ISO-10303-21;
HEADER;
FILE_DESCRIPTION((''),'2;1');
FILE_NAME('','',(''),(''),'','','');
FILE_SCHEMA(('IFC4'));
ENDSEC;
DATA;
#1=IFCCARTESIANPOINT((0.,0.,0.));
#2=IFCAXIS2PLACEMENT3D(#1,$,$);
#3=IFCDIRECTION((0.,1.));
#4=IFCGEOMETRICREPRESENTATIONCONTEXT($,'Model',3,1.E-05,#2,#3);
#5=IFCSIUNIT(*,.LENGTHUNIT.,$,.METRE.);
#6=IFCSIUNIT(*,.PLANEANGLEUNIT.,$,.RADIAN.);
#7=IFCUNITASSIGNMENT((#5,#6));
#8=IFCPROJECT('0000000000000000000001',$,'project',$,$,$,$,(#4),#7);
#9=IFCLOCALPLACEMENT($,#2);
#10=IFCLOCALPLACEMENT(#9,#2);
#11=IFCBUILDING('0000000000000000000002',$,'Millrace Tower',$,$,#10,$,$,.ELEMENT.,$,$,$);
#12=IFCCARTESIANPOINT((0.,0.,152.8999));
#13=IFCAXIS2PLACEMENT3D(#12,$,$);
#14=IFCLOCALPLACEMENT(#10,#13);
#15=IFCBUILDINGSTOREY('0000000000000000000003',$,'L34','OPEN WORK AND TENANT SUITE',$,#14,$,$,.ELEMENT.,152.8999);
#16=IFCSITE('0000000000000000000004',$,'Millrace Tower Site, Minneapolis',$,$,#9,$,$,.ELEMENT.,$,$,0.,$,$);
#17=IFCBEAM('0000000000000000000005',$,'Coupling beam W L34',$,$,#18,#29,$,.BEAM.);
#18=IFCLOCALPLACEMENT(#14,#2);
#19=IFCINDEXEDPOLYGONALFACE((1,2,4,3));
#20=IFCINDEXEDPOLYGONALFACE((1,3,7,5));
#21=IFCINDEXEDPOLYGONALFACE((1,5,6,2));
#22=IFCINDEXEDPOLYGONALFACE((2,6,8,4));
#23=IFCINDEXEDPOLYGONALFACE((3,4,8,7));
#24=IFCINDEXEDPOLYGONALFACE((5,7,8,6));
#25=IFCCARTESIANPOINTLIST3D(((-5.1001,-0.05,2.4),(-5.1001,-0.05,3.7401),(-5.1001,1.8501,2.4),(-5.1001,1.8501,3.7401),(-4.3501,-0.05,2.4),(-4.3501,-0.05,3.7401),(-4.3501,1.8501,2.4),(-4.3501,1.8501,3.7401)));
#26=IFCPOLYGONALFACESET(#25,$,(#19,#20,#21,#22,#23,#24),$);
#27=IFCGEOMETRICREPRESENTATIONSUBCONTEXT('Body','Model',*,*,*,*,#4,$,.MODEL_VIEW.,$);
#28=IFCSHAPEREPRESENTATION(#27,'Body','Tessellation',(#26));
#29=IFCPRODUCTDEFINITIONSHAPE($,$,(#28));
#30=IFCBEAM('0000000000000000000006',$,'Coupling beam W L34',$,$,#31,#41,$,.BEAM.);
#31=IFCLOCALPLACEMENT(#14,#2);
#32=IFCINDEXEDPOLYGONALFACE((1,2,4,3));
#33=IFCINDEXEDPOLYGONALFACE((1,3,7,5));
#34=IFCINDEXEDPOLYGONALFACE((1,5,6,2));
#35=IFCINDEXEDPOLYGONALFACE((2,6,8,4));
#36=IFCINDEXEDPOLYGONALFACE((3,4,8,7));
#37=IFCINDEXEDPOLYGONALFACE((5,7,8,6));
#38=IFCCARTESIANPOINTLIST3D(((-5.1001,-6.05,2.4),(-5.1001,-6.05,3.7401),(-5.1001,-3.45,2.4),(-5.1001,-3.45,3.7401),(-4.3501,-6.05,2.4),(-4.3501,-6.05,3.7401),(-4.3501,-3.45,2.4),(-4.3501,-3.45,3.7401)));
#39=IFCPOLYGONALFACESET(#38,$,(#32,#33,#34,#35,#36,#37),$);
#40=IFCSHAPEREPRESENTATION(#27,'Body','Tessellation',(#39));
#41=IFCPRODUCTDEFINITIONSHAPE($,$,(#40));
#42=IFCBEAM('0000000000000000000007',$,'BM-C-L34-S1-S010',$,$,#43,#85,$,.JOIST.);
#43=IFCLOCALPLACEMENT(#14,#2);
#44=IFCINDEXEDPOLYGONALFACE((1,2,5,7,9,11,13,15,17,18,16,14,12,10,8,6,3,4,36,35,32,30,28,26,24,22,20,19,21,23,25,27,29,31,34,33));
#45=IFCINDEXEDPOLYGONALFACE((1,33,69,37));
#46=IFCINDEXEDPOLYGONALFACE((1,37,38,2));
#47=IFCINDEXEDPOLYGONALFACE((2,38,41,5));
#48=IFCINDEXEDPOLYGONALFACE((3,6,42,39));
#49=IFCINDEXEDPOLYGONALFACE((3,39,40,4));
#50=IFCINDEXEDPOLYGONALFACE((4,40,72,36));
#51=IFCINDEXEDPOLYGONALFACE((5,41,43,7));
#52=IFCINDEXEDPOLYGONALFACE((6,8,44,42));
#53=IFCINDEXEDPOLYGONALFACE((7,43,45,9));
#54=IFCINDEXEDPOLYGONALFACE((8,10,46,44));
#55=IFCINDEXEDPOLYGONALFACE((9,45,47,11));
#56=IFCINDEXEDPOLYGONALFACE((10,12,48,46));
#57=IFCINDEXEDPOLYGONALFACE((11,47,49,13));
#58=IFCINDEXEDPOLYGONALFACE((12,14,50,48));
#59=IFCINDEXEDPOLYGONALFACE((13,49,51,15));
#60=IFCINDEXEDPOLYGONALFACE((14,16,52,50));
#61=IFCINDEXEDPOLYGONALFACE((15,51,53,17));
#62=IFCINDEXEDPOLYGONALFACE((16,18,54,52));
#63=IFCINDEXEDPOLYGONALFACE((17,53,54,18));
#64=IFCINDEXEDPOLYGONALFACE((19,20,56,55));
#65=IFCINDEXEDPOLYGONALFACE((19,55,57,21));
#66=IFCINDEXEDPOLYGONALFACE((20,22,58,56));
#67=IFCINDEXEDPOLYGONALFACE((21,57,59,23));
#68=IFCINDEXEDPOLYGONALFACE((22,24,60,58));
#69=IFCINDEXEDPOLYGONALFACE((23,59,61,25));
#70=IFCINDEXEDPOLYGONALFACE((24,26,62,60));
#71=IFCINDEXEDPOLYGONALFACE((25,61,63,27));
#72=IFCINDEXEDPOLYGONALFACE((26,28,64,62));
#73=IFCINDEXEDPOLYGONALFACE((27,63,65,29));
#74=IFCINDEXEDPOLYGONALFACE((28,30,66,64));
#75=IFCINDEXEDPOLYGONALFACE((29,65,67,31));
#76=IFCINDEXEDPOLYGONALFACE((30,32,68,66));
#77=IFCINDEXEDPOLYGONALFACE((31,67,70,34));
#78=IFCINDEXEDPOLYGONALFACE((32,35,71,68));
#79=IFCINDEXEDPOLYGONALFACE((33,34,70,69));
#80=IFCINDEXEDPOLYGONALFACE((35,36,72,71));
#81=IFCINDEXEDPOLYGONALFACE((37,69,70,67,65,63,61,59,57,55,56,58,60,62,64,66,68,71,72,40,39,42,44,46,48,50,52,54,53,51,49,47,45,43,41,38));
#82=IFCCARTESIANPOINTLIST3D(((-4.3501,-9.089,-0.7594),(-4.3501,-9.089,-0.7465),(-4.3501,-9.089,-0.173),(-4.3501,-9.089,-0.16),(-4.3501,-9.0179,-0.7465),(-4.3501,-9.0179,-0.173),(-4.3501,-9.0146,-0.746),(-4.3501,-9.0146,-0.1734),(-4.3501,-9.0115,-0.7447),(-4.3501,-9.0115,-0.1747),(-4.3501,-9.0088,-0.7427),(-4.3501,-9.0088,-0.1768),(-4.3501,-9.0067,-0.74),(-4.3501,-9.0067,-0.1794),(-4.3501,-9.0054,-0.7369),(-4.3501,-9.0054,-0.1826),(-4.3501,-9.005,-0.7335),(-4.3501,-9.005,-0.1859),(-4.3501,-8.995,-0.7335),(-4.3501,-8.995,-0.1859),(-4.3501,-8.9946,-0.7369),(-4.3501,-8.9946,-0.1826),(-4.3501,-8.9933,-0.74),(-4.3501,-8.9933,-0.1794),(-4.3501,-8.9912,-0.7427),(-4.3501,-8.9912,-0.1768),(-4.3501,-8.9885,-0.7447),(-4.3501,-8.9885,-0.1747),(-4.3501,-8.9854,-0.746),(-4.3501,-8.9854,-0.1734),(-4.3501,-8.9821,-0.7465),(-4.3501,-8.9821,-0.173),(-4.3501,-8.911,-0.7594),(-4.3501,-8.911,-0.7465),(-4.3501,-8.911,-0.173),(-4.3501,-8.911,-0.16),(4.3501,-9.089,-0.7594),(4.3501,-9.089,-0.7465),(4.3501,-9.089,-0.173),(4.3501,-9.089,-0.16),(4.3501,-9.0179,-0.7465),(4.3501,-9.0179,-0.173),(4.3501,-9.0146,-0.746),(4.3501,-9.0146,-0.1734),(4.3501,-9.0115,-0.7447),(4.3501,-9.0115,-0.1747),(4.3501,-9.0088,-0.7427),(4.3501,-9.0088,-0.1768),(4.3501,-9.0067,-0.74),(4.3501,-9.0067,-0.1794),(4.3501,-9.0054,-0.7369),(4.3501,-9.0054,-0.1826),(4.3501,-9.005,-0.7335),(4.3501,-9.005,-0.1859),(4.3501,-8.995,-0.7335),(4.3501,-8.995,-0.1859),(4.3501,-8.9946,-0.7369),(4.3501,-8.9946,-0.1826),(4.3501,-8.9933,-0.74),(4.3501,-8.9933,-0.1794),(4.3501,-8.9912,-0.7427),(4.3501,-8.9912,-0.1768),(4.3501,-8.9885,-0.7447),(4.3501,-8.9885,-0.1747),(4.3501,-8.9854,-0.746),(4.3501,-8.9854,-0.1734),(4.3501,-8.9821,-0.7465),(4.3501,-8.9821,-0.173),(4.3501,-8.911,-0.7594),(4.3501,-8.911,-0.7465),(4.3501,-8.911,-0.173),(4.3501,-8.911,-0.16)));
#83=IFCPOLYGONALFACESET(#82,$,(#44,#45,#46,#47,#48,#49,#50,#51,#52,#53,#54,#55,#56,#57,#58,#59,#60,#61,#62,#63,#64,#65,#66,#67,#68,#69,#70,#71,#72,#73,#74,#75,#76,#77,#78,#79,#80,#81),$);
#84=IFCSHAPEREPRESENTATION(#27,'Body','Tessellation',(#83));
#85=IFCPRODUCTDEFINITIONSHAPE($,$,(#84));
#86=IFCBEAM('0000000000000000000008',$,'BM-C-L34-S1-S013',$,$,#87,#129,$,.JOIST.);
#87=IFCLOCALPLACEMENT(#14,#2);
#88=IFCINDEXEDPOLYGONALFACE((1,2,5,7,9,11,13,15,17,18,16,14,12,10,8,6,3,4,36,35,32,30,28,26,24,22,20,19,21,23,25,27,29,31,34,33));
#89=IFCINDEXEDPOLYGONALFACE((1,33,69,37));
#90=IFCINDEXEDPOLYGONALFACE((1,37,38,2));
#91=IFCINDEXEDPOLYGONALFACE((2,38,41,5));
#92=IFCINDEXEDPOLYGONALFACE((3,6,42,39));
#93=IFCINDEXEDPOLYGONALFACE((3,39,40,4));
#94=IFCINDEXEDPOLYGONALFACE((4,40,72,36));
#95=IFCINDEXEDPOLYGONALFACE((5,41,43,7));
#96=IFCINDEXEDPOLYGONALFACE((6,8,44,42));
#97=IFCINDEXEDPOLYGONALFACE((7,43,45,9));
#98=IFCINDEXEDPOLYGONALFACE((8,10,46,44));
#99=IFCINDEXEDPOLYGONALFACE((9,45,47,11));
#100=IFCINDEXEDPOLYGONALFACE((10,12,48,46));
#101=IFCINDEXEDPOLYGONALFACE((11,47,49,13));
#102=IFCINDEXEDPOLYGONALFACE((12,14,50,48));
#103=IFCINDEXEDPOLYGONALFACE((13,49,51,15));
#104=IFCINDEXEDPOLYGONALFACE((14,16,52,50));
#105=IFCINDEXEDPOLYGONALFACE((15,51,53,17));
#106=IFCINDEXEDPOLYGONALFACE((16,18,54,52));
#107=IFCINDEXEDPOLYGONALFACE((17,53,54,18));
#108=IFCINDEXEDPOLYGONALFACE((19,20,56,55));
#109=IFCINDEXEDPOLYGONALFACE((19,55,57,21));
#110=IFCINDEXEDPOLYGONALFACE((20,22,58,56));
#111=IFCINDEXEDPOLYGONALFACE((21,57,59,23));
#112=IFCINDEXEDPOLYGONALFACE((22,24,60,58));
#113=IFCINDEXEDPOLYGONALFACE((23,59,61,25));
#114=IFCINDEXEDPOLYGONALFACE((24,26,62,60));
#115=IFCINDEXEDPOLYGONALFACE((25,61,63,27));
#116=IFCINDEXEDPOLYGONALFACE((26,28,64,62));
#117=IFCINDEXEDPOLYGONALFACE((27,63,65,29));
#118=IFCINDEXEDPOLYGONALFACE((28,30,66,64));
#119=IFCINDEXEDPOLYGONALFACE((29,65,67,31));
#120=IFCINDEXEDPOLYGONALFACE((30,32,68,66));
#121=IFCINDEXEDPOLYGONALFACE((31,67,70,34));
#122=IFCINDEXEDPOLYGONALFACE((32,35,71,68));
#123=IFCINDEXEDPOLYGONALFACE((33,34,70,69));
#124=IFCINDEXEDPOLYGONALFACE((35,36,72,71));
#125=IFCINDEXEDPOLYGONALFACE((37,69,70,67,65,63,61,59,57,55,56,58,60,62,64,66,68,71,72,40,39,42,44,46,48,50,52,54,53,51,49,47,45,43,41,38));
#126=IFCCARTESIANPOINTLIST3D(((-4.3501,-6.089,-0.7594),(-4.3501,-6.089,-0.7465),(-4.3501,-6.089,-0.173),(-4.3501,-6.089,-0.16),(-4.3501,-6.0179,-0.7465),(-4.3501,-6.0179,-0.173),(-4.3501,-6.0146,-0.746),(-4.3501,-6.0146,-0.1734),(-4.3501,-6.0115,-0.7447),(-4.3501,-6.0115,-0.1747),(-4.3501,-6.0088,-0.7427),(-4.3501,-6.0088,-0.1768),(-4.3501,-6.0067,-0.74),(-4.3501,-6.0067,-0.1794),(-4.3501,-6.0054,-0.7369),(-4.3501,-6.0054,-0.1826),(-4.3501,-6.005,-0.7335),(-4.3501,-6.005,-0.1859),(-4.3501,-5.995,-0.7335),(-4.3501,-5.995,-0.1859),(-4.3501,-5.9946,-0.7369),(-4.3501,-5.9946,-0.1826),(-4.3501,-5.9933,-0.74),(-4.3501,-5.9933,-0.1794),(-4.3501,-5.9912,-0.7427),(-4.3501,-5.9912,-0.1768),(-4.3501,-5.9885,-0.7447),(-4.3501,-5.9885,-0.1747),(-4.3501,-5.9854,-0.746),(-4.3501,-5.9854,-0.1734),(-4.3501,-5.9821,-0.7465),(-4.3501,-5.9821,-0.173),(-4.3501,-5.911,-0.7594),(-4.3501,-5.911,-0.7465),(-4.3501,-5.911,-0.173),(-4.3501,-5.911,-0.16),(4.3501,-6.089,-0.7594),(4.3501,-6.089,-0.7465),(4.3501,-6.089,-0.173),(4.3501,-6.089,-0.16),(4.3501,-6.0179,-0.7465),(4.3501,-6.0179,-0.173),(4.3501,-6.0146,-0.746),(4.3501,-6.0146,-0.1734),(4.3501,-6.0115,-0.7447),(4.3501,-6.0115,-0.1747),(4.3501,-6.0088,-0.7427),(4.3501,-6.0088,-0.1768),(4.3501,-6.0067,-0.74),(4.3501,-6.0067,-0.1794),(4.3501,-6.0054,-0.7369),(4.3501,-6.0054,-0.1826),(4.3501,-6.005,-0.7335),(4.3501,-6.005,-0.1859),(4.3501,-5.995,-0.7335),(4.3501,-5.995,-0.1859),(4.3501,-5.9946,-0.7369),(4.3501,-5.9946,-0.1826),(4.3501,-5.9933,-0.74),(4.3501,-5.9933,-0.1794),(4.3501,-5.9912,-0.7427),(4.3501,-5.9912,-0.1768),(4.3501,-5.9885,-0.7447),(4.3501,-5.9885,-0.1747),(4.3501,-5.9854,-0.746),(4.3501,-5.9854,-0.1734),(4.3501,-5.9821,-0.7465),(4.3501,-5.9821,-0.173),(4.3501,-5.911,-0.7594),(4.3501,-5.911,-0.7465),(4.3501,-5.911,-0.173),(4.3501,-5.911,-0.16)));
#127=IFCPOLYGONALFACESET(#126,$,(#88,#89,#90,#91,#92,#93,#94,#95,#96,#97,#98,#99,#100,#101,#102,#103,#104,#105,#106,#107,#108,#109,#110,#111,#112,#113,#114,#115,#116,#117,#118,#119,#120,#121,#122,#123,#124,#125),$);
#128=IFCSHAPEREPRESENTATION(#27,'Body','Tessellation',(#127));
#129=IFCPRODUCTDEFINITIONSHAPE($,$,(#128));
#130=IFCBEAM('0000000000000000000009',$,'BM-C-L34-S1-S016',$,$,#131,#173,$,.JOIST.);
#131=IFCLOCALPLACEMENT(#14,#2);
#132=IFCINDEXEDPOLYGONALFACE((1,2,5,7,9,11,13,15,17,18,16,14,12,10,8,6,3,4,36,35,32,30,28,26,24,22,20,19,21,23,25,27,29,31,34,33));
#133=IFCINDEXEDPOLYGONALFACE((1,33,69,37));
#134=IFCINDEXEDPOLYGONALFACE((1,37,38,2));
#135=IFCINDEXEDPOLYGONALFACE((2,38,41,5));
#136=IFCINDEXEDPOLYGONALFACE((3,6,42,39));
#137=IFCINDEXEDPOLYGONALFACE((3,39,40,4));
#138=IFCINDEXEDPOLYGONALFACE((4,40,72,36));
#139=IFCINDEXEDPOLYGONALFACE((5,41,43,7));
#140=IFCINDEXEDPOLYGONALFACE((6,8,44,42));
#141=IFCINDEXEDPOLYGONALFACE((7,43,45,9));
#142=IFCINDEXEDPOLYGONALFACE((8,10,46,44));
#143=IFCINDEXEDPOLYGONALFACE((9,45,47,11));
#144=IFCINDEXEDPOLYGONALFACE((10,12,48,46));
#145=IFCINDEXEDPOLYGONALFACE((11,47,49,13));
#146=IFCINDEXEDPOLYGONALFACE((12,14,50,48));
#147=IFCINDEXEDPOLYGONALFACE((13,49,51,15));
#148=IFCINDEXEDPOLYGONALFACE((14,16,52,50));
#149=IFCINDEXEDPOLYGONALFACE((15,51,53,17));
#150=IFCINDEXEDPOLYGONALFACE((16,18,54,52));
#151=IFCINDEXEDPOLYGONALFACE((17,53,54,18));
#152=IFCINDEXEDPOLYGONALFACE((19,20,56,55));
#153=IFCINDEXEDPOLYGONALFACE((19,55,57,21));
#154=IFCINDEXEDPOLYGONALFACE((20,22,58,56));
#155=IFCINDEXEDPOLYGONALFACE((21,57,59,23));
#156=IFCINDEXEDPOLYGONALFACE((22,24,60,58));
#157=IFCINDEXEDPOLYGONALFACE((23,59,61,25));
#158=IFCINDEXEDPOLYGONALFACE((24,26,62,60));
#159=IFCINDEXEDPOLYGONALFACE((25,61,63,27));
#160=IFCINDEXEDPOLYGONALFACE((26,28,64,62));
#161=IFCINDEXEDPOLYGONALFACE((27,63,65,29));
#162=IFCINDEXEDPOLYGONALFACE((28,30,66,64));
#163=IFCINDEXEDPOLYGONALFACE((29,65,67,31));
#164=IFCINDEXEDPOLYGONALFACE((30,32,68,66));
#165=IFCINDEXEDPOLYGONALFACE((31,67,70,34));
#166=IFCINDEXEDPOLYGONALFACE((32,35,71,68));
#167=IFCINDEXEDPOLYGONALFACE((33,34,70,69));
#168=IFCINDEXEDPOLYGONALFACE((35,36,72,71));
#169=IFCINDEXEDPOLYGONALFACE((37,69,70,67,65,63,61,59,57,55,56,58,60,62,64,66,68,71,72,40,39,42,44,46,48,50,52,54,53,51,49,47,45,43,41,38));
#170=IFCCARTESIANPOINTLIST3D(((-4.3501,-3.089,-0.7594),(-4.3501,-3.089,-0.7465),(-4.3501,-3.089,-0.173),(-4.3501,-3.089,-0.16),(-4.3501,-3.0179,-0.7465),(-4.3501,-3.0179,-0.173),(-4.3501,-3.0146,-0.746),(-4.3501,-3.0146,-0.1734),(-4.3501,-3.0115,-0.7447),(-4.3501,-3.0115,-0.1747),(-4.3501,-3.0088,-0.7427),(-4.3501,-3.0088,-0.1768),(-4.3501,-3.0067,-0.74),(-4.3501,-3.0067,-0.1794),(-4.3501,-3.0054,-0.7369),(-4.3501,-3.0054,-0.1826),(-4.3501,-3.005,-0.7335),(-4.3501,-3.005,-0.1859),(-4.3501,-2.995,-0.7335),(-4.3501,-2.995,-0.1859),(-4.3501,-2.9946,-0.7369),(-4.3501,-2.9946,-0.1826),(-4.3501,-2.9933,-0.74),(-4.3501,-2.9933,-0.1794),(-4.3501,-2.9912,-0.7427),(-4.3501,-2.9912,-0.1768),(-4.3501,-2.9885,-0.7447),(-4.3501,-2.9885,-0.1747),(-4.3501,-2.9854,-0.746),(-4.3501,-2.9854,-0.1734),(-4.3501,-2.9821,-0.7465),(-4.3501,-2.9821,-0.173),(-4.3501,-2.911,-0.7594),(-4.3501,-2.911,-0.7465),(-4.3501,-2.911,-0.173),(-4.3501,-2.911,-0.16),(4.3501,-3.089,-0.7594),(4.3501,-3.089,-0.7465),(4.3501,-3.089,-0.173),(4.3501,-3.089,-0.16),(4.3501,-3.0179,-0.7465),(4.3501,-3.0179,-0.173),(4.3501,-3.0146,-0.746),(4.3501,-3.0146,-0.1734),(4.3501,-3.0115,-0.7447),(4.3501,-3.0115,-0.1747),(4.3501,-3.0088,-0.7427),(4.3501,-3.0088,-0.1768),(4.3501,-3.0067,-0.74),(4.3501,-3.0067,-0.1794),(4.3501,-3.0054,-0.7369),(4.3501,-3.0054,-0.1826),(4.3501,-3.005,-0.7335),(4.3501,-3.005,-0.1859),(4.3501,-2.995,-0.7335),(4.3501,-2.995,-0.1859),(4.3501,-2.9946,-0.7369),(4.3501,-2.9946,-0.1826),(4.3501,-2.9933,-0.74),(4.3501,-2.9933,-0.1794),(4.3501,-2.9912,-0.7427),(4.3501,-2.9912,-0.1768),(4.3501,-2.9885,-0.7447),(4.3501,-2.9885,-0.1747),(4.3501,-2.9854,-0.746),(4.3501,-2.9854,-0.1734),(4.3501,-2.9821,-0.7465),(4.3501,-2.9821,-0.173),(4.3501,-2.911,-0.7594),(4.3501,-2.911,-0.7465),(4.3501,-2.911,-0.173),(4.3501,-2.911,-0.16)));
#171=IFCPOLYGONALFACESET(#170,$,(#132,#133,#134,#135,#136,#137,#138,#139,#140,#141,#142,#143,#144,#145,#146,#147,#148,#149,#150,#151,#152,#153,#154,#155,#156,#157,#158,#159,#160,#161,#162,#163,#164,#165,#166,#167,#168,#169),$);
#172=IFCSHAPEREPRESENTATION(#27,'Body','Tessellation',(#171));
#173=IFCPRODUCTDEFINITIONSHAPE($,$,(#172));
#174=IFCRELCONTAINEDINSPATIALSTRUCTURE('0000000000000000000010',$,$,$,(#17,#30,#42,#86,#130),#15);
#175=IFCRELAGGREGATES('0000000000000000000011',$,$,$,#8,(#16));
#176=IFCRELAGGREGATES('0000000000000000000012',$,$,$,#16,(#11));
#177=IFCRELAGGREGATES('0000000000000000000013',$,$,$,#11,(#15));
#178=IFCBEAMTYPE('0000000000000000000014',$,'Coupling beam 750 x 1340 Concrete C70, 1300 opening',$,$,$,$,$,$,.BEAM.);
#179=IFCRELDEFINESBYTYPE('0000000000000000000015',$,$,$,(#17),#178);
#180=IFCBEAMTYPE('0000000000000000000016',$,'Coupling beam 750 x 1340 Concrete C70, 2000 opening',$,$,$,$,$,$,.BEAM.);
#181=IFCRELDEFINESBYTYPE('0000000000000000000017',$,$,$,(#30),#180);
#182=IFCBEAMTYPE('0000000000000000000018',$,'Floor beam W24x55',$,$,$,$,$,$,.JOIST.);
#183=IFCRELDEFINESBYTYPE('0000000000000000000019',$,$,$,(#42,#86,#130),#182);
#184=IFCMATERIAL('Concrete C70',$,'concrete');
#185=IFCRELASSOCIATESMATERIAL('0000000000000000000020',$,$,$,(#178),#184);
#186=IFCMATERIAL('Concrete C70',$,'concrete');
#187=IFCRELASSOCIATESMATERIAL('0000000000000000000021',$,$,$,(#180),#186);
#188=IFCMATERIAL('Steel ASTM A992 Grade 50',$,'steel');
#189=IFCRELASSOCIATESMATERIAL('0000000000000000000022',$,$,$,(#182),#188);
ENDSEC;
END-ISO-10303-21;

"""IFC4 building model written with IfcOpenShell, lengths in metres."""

from ifc_helpers import new_model, si_unit, direction, frame, origin, origin_2d, place, context, subcontext, project, spatial, rectangle, i_section, extrude, material, material_profile, profile_set, type_object, element, save


model = new_model("IFC4")

# Units and contexts
model_context = context("Model", 3, precision=1e-05, world=origin(), true_north=direction((0.0, 1.0)))
body_context = subcontext(model_context, "Body", "Model", "MODEL_VIEW")
ifc_project = project(units=[si_unit("LENGTHUNIT", "METRE"), si_unit("PLANEANGLEUNIT", "RADIAN")], contexts=[model_context])

# Site, building, storey
site_placement = place(None, origin())
site = spatial("IfcSite", under=ifc_project, at=site_placement, Name="Millrace Tower Site, Minneapolis", CompositionType="ELEMENT", RefElevation=0.0)
building_placement = place(site_placement, origin())
building = spatial("IfcBuilding", under=site, at=building_placement, Name="Millrace Tower", CompositionType="ELEMENT")
storey_placement = place(building_placement, frame((0.0, 0.0, 152.8999)))
storey = spatial("IfcBuildingStorey", under=building, at=storey_placement, Name="L34", Description="OPEN WORK AND TENANT SUITE", CompositionType="ELEMENT", Elevation=152.8999)

# Beams
ifc_material_1 = material(Name="Concrete C70", Category="concrete")
ifc_material_profile_1 = material_profile(ifc_material_1, rectangle(XDim=0.75, YDim=1.3401, at=origin_2d()))
ifc_profile_set_1 = profile_set([ifc_material_profile_1], Name="Concrete C70")
beam_type_1 = type_object("IfcBeamType", Name="Coupling beam 750 x 1340 Concrete C70, 1300 opening", PredefinedType="BEAM", material=ifc_profile_set_1)
beam_1_placement = place(storey_placement, frame((-4.7251, -0.05, 3.0701), z_axis=(0.0, 1.0, 0.0), x_axis=(-1.0, 0.0, 0.0)))
element("IfcBeam", 1, at=beam_1_placement, inside=storey, type_object=beam_type_1, Name="Coupling beam W L34", PredefinedType="BEAM", context=body_context, shape_type="SweptSolid", body=[
    extrude(rectangle(XDim=0.75, YDim=1.3401, at=origin_2d()), origin(), (0.0, 0.0, 1.0), 1.9001),
])
ifc_material_2 = material(Name="Concrete C70", Category="concrete")
ifc_material_profile_2 = material_profile(ifc_material_2, rectangle(XDim=0.75, YDim=1.3401, at=origin_2d()))
ifc_profile_set_2 = profile_set([ifc_material_profile_2], Name="Concrete C70")
beam_type_2 = type_object("IfcBeamType", Name="Coupling beam 750 x 1340 Concrete C70, 2000 opening", PredefinedType="BEAM", material=ifc_profile_set_2)
beam_2_placement = place(storey_placement, frame((-4.7251, -6.05, 3.0701), z_axis=(0.0, 1.0, 0.0), x_axis=(-1.0, 0.0, 0.0)))
element("IfcBeam", 2, at=beam_2_placement, inside=storey, type_object=beam_type_2, Name="Coupling beam W L34", PredefinedType="BEAM", context=body_context, shape_type="SweptSolid", body=[
    extrude(rectangle(XDim=0.75, YDim=1.3401, at=origin_2d()), origin(), (0.0, 0.0, 1.0), 2.6001),
])
ifc_material_3 = material(Name="Steel ASTM A992 Grade 50", Category="steel")
ifc_material_profile_3 = material_profile(ifc_material_3, i_section(OverallWidth=0.178, OverallDepth=0.5994, WebThickness=0.01, FlangeThickness=0.0129, FilletRadius=0.0129, at=origin_2d()))
ifc_profile_set_3 = profile_set([ifc_material_profile_3], Name="Steel ASTM A992 Grade 50")
beam_type_3 = type_object("IfcBeamType", Name="Floor beam W24x55", PredefinedType="JOIST", material=ifc_profile_set_3)
for number, where, z_axis, x_axis, name in (
    (3, (-4.3501, -9.0, -0.4597), (1.0, 0.0, 0.0), (0.0, 1.0, 0.0), "BM-C-L34-S1-S010"),
    (4, (-4.3501, -6.0, -0.4597), (1.0, 0.0, 0.0), (0.0, 1.0, 0.0), "BM-C-L34-S1-S013"),
    (5, (-4.3501, -3.0, -0.4597), (1.0, 0.0, 0.0), (0.0, 1.0, 0.0), "BM-C-L34-S1-S016"),
):
    element("IfcBeam", number, at=place(storey_placement, frame(where, z_axis=z_axis, x_axis=x_axis)), inside=storey, type_object=beam_type_3, Name=name, PredefinedType="JOIST", context=body_context, shape_type="SweptSolid", body=[
        extrude(i_section(OverallWidth=0.178, OverallDepth=0.5994, WebThickness=0.01, FlangeThickness=0.0129, FilletRadius=0.0129, at=origin_2d()), origin(), (0.0, 0.0, 1.0), 8.7002),
    ])

save(model, "model.ifc")
